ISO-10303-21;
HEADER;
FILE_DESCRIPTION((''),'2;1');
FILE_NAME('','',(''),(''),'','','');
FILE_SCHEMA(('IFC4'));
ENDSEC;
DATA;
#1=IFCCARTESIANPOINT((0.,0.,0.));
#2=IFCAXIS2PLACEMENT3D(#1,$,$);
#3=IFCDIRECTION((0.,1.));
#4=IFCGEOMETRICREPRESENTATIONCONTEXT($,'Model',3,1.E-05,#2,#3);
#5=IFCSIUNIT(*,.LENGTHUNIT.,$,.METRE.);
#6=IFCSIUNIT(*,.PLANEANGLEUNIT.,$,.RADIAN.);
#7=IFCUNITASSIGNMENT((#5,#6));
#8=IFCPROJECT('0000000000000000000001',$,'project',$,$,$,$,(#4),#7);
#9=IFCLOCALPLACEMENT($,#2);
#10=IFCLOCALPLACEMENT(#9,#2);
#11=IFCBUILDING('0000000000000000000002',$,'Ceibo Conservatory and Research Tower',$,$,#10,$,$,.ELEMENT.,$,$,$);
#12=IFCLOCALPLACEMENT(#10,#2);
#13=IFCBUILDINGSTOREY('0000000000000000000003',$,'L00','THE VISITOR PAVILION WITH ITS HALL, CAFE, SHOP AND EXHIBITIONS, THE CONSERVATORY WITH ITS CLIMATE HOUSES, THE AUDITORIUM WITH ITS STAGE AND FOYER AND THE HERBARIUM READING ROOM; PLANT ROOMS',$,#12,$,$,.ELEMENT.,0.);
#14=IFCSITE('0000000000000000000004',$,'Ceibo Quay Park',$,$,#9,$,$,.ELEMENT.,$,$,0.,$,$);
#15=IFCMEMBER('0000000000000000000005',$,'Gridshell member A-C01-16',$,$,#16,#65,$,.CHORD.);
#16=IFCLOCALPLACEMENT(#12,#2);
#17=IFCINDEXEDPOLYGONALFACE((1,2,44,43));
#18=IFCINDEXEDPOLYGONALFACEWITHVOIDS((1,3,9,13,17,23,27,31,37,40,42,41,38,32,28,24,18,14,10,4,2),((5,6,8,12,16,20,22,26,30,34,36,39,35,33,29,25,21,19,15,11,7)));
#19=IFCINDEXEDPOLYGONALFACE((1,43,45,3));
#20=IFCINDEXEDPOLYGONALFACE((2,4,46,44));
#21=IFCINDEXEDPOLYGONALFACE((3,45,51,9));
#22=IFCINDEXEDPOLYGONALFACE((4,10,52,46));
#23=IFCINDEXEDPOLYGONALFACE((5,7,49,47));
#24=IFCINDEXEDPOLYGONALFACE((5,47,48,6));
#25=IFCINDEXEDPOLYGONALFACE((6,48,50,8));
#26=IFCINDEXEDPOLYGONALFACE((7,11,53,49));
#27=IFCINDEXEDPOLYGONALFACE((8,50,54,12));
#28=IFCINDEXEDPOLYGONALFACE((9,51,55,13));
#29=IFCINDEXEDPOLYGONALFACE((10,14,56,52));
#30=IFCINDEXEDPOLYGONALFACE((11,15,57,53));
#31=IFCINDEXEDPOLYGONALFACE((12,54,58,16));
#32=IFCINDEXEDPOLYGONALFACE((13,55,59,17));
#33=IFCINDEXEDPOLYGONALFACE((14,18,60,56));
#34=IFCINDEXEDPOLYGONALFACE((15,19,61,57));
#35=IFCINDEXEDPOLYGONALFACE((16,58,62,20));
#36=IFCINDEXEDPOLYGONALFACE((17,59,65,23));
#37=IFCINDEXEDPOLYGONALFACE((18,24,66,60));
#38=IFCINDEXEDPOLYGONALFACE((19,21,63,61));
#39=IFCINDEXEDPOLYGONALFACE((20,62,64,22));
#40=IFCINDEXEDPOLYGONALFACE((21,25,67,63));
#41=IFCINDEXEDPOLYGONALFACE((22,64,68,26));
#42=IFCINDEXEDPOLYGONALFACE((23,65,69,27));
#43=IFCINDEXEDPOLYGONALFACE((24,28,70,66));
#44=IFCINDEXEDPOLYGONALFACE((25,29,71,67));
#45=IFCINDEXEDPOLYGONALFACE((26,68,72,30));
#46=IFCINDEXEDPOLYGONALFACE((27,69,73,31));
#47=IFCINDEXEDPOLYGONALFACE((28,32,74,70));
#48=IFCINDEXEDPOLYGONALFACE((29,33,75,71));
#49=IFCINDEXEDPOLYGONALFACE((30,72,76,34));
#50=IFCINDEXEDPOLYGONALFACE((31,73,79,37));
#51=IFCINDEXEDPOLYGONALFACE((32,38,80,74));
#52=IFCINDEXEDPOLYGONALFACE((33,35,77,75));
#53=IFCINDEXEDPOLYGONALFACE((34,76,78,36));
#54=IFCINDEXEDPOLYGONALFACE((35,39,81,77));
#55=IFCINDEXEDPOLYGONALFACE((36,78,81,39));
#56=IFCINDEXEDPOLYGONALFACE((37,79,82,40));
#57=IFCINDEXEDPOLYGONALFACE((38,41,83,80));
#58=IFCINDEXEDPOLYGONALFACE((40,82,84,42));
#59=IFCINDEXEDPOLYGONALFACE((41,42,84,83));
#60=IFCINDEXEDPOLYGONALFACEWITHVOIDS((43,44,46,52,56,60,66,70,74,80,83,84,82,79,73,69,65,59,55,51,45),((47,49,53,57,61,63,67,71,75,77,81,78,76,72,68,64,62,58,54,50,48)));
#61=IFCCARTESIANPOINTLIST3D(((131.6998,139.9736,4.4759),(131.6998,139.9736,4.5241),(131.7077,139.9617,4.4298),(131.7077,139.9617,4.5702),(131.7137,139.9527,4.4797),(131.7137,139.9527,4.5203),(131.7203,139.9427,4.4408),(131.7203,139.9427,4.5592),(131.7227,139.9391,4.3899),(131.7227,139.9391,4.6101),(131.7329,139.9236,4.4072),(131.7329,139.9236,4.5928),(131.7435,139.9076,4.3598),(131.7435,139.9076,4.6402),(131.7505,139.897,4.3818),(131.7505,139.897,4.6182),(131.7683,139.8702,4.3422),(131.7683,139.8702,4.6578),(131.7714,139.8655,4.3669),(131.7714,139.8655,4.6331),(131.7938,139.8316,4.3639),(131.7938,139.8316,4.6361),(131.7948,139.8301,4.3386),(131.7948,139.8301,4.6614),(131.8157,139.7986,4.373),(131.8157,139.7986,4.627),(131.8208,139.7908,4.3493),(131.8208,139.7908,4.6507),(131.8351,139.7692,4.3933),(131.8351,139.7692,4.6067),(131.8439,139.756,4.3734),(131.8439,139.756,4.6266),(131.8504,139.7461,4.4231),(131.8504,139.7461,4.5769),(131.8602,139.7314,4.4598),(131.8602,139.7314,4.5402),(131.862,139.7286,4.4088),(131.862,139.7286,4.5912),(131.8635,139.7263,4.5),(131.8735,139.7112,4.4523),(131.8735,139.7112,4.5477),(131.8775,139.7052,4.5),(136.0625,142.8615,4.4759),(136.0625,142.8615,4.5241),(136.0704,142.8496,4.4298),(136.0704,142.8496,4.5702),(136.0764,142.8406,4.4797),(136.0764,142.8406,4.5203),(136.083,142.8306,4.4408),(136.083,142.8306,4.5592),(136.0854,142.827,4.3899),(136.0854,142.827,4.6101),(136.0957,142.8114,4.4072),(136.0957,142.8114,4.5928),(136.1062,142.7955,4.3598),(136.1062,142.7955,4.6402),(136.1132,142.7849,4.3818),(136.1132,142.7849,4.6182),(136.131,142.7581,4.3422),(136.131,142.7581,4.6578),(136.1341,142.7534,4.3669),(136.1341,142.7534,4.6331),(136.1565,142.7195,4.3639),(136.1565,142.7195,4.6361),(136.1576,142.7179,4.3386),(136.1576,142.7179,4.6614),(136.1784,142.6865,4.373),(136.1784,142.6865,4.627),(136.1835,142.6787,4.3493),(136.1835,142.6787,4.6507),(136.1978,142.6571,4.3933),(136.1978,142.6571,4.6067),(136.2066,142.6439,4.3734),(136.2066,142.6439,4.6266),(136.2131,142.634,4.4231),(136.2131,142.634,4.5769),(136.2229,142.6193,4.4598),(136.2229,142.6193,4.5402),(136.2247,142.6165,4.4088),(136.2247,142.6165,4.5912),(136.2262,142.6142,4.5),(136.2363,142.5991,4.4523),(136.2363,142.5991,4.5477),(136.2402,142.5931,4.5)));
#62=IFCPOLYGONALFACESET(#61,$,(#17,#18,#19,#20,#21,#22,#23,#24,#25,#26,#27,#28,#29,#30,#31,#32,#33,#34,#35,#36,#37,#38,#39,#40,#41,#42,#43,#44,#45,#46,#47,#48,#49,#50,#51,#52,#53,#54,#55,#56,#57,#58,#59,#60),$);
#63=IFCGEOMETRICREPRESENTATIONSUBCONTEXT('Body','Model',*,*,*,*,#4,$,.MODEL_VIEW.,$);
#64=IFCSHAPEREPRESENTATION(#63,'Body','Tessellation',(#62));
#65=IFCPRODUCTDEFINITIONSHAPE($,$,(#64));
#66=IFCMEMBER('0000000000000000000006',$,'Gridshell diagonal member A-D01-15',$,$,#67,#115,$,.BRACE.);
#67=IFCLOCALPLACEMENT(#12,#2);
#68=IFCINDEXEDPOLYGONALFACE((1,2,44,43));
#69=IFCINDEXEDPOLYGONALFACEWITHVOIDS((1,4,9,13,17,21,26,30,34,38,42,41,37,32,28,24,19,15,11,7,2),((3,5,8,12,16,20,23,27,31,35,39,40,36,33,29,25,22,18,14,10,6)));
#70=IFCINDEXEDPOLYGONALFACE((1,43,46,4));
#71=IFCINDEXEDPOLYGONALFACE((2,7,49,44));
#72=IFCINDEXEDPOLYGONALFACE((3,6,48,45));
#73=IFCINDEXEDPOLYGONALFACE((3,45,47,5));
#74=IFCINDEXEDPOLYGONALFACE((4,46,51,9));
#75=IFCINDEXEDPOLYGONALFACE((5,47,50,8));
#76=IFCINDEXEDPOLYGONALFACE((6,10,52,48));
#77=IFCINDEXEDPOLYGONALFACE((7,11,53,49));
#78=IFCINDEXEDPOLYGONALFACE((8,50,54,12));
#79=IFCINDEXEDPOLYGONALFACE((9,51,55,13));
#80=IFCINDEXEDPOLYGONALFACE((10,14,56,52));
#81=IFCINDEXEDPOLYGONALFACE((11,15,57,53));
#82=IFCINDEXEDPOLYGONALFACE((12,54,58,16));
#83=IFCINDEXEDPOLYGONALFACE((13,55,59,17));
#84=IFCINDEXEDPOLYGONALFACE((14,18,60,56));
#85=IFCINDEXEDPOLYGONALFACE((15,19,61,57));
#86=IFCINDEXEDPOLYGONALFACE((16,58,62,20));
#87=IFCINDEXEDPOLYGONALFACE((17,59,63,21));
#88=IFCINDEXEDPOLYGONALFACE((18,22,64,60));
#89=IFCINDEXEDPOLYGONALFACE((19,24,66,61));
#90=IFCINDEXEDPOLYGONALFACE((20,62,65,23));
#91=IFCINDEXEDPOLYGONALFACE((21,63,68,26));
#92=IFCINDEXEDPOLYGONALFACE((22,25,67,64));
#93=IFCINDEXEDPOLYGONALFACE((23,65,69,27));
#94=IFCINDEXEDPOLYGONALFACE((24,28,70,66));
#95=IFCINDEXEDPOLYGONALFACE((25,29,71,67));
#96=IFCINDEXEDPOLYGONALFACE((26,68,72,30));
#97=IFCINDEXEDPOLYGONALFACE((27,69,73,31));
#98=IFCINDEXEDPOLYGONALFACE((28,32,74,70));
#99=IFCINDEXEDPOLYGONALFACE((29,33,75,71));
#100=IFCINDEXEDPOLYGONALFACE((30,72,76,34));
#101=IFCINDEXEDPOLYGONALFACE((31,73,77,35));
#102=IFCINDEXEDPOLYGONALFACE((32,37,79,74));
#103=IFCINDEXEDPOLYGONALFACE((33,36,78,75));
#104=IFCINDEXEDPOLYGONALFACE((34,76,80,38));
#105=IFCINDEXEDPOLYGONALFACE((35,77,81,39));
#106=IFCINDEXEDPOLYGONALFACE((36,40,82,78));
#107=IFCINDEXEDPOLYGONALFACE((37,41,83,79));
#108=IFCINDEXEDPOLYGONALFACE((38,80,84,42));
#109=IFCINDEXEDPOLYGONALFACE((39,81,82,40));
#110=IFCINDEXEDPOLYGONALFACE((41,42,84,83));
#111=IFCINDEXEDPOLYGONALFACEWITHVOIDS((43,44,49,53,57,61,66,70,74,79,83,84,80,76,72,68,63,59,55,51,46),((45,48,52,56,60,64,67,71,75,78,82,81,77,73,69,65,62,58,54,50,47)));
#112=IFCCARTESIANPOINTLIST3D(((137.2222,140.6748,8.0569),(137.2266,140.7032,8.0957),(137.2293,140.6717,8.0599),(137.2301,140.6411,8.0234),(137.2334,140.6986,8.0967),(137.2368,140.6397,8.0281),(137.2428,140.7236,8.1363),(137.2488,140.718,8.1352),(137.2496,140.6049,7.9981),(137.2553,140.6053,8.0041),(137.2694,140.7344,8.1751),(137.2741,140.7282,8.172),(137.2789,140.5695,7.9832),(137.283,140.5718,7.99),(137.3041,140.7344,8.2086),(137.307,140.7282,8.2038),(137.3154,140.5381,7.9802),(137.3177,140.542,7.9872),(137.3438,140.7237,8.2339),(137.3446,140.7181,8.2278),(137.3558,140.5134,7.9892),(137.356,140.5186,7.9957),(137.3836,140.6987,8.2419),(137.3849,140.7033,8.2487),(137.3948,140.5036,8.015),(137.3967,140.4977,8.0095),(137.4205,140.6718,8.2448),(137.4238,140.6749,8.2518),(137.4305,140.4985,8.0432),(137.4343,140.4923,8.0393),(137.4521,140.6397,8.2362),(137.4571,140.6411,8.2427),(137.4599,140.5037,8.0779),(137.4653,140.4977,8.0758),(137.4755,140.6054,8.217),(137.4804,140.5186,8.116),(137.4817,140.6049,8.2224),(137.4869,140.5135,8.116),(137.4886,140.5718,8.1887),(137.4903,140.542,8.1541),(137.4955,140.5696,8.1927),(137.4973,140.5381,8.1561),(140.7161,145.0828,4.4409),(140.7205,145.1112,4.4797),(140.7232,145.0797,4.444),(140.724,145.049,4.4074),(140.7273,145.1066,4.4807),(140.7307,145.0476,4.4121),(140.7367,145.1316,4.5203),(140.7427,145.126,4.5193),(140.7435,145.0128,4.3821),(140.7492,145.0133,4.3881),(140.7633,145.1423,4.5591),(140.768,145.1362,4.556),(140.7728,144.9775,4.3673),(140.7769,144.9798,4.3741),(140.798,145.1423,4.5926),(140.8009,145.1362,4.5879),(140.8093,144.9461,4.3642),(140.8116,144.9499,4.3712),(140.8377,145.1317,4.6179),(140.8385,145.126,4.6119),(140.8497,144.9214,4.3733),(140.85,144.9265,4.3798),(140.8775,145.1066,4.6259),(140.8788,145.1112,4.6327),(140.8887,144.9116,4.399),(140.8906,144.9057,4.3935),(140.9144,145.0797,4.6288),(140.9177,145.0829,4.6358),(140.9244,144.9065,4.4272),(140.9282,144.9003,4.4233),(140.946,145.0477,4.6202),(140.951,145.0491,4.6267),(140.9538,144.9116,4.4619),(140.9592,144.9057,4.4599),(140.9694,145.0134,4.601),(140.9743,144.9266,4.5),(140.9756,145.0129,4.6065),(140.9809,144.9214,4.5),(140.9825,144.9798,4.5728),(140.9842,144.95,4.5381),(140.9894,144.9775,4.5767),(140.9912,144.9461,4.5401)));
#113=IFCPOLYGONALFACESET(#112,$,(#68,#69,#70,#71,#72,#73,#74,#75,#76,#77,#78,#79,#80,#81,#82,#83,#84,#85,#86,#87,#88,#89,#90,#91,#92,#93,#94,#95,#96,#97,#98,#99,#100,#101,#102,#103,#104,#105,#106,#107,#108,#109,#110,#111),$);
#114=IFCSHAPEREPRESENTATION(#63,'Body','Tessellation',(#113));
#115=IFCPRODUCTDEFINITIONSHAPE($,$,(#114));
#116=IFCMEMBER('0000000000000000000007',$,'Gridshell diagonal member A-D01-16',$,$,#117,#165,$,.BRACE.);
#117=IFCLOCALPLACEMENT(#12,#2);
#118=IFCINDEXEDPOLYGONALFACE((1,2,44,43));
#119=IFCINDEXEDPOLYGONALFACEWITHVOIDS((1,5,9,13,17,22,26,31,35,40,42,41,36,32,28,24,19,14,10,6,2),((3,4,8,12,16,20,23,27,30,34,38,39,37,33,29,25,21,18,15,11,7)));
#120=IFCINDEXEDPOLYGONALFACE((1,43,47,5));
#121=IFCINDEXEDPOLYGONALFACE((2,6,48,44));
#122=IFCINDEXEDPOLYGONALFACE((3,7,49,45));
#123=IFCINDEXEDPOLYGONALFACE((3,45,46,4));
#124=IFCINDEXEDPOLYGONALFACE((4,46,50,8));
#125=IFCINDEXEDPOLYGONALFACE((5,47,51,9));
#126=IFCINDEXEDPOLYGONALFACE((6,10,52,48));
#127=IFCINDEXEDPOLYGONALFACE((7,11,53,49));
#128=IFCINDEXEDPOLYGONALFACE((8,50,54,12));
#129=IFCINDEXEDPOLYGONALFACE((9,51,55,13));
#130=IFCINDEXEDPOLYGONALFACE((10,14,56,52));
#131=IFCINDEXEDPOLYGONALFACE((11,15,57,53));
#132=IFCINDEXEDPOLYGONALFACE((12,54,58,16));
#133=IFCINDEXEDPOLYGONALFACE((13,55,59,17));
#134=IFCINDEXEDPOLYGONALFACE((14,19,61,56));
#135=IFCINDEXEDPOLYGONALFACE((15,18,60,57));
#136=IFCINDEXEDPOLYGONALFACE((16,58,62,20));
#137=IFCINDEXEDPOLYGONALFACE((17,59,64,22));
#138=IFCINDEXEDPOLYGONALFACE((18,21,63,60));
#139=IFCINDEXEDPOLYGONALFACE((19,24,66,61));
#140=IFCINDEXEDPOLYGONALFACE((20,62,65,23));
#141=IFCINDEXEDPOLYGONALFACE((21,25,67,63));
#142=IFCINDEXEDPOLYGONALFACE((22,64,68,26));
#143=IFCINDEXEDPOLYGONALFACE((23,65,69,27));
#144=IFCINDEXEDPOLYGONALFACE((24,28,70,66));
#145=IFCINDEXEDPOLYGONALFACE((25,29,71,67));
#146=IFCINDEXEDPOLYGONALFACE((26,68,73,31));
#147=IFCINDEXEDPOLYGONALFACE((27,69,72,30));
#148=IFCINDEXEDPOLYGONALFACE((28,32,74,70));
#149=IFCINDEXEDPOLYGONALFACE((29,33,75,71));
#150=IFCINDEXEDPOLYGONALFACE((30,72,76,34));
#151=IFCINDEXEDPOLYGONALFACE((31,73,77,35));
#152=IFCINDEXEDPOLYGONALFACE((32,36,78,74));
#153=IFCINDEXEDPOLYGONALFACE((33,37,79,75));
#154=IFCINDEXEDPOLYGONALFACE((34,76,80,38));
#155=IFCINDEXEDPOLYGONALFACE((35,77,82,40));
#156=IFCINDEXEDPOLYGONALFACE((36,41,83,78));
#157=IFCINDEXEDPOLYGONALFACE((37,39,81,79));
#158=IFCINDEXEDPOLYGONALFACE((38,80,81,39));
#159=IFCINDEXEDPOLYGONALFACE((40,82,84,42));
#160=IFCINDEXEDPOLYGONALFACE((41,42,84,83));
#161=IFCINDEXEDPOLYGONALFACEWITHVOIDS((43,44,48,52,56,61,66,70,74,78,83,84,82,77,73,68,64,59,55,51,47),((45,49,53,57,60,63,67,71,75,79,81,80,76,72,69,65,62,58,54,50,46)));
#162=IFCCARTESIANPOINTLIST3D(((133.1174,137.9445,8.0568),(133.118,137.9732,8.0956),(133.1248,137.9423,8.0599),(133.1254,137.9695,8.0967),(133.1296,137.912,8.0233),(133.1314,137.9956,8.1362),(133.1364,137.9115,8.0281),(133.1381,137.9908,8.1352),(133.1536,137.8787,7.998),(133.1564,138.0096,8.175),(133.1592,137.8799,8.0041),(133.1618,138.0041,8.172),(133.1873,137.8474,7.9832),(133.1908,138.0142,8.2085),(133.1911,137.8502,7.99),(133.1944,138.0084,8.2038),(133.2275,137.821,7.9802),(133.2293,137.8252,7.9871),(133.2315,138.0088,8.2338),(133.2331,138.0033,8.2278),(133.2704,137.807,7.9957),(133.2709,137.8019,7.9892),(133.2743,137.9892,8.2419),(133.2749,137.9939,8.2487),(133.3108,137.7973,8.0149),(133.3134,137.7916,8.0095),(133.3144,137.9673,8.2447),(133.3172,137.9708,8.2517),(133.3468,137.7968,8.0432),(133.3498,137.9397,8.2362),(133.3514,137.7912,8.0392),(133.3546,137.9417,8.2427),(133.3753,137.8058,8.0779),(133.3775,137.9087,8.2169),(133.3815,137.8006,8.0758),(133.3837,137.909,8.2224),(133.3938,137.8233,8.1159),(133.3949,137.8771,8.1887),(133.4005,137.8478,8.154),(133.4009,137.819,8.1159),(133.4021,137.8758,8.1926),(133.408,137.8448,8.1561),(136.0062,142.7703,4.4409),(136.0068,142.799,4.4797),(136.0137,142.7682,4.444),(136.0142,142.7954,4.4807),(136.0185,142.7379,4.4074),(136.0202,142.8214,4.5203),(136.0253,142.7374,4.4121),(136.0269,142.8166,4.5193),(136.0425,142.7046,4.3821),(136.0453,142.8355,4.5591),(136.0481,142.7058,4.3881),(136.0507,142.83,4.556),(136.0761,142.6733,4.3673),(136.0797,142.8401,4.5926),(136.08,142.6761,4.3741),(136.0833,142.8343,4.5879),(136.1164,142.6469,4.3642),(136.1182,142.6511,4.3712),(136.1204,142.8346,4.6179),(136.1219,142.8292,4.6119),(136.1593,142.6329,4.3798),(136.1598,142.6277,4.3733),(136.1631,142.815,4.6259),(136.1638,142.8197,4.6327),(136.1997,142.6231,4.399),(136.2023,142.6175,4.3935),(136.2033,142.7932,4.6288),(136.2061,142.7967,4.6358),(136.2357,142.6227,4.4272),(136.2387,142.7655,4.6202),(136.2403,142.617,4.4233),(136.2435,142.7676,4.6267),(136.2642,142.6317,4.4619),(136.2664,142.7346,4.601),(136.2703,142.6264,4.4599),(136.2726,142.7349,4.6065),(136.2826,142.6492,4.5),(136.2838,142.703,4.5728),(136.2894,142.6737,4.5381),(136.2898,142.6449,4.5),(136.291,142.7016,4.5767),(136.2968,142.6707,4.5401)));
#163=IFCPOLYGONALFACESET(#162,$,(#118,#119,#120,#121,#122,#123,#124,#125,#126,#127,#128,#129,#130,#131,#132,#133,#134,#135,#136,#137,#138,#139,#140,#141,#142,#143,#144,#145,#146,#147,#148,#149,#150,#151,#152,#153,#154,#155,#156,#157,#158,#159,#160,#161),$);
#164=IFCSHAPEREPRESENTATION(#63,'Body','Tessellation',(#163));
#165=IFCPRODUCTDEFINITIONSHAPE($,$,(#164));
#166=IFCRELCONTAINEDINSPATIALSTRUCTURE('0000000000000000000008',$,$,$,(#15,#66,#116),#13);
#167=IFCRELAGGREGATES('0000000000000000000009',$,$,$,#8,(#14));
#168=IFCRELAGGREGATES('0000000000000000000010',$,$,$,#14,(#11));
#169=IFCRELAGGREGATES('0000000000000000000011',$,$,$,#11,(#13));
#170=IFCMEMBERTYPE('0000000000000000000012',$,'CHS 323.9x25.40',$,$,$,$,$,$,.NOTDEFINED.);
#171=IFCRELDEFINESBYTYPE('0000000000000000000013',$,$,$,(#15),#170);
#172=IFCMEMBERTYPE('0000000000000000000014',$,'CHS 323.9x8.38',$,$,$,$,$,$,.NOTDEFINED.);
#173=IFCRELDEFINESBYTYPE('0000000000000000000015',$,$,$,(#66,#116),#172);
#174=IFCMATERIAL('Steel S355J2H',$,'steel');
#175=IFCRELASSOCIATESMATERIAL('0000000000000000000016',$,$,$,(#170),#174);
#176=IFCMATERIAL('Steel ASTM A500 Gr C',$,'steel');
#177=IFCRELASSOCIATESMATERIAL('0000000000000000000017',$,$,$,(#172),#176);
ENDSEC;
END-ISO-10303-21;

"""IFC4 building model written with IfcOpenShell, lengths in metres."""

from ifc_helpers import new_model, si_unit, direction, frame, origin, origin_2d, place, context, subcontext, project, spatial, hollow_circle, extrude, material, material_profile, profile_set, type_object, element, save


model = new_model("IFC4")

# Units and contexts
model_context = context("Model", 3, precision=1e-05, world=origin(), true_north=direction((0.0, 1.0)))
body_context = subcontext(model_context, "Body", "Model", "MODEL_VIEW")
ifc_project = project(units=[si_unit("LENGTHUNIT", "METRE"), si_unit("PLANEANGLEUNIT", "RADIAN")], contexts=[model_context])

# Site, building, storey
site_placement = place(None, origin())
site = spatial("IfcSite", under=ifc_project, at=site_placement, Name="Ceibo Quay Park", CompositionType="ELEMENT", RefElevation=0.0)
building_placement = place(site_placement, origin())
building = spatial("IfcBuilding", under=site, at=building_placement, Name="Ceibo Conservatory and Research Tower", CompositionType="ELEMENT")
storey_placement = place(building_placement, origin())
storey = spatial("IfcBuildingStorey", under=building, at=storey_placement, Name="L00", Description="THE VISITOR PAVILION WITH ITS HALL, CAFE, SHOP AND EXHIBITIONS, THE CONSERVATORY WITH ITS CLIMATE HOUSES, THE AUDITORIUM WITH ITS STAGE AND FOYER AND THE HERBARIUM READING ROOM; PLANT ROOMS", CompositionType="ELEMENT", Elevation=0.0)

# Members
ifc_material_1 = material(Name="Steel ASTM A500 Gr C", Category="steel")
ifc_material_2 = material(Name="Steel S355J2H", Category="steel")
ifc_material_profile_1 = material_profile(ifc_material_2, hollow_circle(Radius=0.1619, WallThickness=0.0254, at=origin_2d()), Name="CHS 323.9x25.40")
ifc_profile_set_1 = profile_set([ifc_material_profile_1], Name="Steel S355J2H")
member_type_1 = type_object("IfcMemberType", Name="CHS 323.9x25.40", PredefinedType="NOTDEFINED", material=ifc_profile_set_1)
member_1_placement = place(storey_placement, frame((136.1509, 142.728, 4.5), z_axis=(-0.833862, -0.551973, 0.0), x_axis=(0.551973, -0.833862, 0.0)))
element("IfcMember", 1, at=member_1_placement, inside=storey, type_object=member_type_1, Name="Gridshell member A-C01-16", PredefinedType="CHORD", context=body_context, shape_type="SweptSolid", body=[
    extrude(hollow_circle(Radius=0.1619, WallThickness=0.0254, at=origin_2d()), origin(), (0.0, 0.0, 1.0), 5.2319),
])
ifc_material_profile_2 = material_profile(ifc_material_1, hollow_circle(Radius=0.1619, WallThickness=0.0083, at=origin_2d()), Name="CHS 323.9x8.38")
ifc_profile_set_2 = profile_set([ifc_material_profile_2], Name="Steel ASTM A500 Gr C")
member_type_2 = type_object("IfcMemberType", Name="CHS 323.9x8.38", PredefinedType="NOTDEFINED", material=ifc_profile_set_2)
member_2_placement = place(storey_placement, frame((140.854, 145.022, 4.5), z_axis=(-0.52251, -0.659208, 0.540766), x_axis=(0.783677, -0.621169, 0.0)))
element("IfcMember", 2, at=member_2_placement, inside=storey, type_object=member_type_2, Name="Gridshell diagonal member A-D01-15", PredefinedType="BRACE", context=body_context, shape_type="SweptSolid", body=[
    extrude(hollow_circle(Radius=0.1619, WallThickness=0.0083, at=origin_2d()), origin(), (0.0, 0.0, 1.0), 6.6868),
])
member_3_placement = place(storey_placement, frame((136.1509, 142.728, 4.5), z_axis=(-0.432046, -0.721731, 0.540778), x_axis=(0.858013, -0.513627, 0.0)))
element("IfcMember", 3, at=member_3_placement, inside=storey, type_object=member_type_2, Name="Gridshell diagonal member A-D01-16", PredefinedType="BRACE", context=body_context, shape_type="SweptSolid", body=[
    extrude(hollow_circle(Radius=0.1619, WallThickness=0.0083, at=origin_2d()), origin(), (0.0, 0.0, 1.0), 6.6865),
])

save(model, "model.ifc")
